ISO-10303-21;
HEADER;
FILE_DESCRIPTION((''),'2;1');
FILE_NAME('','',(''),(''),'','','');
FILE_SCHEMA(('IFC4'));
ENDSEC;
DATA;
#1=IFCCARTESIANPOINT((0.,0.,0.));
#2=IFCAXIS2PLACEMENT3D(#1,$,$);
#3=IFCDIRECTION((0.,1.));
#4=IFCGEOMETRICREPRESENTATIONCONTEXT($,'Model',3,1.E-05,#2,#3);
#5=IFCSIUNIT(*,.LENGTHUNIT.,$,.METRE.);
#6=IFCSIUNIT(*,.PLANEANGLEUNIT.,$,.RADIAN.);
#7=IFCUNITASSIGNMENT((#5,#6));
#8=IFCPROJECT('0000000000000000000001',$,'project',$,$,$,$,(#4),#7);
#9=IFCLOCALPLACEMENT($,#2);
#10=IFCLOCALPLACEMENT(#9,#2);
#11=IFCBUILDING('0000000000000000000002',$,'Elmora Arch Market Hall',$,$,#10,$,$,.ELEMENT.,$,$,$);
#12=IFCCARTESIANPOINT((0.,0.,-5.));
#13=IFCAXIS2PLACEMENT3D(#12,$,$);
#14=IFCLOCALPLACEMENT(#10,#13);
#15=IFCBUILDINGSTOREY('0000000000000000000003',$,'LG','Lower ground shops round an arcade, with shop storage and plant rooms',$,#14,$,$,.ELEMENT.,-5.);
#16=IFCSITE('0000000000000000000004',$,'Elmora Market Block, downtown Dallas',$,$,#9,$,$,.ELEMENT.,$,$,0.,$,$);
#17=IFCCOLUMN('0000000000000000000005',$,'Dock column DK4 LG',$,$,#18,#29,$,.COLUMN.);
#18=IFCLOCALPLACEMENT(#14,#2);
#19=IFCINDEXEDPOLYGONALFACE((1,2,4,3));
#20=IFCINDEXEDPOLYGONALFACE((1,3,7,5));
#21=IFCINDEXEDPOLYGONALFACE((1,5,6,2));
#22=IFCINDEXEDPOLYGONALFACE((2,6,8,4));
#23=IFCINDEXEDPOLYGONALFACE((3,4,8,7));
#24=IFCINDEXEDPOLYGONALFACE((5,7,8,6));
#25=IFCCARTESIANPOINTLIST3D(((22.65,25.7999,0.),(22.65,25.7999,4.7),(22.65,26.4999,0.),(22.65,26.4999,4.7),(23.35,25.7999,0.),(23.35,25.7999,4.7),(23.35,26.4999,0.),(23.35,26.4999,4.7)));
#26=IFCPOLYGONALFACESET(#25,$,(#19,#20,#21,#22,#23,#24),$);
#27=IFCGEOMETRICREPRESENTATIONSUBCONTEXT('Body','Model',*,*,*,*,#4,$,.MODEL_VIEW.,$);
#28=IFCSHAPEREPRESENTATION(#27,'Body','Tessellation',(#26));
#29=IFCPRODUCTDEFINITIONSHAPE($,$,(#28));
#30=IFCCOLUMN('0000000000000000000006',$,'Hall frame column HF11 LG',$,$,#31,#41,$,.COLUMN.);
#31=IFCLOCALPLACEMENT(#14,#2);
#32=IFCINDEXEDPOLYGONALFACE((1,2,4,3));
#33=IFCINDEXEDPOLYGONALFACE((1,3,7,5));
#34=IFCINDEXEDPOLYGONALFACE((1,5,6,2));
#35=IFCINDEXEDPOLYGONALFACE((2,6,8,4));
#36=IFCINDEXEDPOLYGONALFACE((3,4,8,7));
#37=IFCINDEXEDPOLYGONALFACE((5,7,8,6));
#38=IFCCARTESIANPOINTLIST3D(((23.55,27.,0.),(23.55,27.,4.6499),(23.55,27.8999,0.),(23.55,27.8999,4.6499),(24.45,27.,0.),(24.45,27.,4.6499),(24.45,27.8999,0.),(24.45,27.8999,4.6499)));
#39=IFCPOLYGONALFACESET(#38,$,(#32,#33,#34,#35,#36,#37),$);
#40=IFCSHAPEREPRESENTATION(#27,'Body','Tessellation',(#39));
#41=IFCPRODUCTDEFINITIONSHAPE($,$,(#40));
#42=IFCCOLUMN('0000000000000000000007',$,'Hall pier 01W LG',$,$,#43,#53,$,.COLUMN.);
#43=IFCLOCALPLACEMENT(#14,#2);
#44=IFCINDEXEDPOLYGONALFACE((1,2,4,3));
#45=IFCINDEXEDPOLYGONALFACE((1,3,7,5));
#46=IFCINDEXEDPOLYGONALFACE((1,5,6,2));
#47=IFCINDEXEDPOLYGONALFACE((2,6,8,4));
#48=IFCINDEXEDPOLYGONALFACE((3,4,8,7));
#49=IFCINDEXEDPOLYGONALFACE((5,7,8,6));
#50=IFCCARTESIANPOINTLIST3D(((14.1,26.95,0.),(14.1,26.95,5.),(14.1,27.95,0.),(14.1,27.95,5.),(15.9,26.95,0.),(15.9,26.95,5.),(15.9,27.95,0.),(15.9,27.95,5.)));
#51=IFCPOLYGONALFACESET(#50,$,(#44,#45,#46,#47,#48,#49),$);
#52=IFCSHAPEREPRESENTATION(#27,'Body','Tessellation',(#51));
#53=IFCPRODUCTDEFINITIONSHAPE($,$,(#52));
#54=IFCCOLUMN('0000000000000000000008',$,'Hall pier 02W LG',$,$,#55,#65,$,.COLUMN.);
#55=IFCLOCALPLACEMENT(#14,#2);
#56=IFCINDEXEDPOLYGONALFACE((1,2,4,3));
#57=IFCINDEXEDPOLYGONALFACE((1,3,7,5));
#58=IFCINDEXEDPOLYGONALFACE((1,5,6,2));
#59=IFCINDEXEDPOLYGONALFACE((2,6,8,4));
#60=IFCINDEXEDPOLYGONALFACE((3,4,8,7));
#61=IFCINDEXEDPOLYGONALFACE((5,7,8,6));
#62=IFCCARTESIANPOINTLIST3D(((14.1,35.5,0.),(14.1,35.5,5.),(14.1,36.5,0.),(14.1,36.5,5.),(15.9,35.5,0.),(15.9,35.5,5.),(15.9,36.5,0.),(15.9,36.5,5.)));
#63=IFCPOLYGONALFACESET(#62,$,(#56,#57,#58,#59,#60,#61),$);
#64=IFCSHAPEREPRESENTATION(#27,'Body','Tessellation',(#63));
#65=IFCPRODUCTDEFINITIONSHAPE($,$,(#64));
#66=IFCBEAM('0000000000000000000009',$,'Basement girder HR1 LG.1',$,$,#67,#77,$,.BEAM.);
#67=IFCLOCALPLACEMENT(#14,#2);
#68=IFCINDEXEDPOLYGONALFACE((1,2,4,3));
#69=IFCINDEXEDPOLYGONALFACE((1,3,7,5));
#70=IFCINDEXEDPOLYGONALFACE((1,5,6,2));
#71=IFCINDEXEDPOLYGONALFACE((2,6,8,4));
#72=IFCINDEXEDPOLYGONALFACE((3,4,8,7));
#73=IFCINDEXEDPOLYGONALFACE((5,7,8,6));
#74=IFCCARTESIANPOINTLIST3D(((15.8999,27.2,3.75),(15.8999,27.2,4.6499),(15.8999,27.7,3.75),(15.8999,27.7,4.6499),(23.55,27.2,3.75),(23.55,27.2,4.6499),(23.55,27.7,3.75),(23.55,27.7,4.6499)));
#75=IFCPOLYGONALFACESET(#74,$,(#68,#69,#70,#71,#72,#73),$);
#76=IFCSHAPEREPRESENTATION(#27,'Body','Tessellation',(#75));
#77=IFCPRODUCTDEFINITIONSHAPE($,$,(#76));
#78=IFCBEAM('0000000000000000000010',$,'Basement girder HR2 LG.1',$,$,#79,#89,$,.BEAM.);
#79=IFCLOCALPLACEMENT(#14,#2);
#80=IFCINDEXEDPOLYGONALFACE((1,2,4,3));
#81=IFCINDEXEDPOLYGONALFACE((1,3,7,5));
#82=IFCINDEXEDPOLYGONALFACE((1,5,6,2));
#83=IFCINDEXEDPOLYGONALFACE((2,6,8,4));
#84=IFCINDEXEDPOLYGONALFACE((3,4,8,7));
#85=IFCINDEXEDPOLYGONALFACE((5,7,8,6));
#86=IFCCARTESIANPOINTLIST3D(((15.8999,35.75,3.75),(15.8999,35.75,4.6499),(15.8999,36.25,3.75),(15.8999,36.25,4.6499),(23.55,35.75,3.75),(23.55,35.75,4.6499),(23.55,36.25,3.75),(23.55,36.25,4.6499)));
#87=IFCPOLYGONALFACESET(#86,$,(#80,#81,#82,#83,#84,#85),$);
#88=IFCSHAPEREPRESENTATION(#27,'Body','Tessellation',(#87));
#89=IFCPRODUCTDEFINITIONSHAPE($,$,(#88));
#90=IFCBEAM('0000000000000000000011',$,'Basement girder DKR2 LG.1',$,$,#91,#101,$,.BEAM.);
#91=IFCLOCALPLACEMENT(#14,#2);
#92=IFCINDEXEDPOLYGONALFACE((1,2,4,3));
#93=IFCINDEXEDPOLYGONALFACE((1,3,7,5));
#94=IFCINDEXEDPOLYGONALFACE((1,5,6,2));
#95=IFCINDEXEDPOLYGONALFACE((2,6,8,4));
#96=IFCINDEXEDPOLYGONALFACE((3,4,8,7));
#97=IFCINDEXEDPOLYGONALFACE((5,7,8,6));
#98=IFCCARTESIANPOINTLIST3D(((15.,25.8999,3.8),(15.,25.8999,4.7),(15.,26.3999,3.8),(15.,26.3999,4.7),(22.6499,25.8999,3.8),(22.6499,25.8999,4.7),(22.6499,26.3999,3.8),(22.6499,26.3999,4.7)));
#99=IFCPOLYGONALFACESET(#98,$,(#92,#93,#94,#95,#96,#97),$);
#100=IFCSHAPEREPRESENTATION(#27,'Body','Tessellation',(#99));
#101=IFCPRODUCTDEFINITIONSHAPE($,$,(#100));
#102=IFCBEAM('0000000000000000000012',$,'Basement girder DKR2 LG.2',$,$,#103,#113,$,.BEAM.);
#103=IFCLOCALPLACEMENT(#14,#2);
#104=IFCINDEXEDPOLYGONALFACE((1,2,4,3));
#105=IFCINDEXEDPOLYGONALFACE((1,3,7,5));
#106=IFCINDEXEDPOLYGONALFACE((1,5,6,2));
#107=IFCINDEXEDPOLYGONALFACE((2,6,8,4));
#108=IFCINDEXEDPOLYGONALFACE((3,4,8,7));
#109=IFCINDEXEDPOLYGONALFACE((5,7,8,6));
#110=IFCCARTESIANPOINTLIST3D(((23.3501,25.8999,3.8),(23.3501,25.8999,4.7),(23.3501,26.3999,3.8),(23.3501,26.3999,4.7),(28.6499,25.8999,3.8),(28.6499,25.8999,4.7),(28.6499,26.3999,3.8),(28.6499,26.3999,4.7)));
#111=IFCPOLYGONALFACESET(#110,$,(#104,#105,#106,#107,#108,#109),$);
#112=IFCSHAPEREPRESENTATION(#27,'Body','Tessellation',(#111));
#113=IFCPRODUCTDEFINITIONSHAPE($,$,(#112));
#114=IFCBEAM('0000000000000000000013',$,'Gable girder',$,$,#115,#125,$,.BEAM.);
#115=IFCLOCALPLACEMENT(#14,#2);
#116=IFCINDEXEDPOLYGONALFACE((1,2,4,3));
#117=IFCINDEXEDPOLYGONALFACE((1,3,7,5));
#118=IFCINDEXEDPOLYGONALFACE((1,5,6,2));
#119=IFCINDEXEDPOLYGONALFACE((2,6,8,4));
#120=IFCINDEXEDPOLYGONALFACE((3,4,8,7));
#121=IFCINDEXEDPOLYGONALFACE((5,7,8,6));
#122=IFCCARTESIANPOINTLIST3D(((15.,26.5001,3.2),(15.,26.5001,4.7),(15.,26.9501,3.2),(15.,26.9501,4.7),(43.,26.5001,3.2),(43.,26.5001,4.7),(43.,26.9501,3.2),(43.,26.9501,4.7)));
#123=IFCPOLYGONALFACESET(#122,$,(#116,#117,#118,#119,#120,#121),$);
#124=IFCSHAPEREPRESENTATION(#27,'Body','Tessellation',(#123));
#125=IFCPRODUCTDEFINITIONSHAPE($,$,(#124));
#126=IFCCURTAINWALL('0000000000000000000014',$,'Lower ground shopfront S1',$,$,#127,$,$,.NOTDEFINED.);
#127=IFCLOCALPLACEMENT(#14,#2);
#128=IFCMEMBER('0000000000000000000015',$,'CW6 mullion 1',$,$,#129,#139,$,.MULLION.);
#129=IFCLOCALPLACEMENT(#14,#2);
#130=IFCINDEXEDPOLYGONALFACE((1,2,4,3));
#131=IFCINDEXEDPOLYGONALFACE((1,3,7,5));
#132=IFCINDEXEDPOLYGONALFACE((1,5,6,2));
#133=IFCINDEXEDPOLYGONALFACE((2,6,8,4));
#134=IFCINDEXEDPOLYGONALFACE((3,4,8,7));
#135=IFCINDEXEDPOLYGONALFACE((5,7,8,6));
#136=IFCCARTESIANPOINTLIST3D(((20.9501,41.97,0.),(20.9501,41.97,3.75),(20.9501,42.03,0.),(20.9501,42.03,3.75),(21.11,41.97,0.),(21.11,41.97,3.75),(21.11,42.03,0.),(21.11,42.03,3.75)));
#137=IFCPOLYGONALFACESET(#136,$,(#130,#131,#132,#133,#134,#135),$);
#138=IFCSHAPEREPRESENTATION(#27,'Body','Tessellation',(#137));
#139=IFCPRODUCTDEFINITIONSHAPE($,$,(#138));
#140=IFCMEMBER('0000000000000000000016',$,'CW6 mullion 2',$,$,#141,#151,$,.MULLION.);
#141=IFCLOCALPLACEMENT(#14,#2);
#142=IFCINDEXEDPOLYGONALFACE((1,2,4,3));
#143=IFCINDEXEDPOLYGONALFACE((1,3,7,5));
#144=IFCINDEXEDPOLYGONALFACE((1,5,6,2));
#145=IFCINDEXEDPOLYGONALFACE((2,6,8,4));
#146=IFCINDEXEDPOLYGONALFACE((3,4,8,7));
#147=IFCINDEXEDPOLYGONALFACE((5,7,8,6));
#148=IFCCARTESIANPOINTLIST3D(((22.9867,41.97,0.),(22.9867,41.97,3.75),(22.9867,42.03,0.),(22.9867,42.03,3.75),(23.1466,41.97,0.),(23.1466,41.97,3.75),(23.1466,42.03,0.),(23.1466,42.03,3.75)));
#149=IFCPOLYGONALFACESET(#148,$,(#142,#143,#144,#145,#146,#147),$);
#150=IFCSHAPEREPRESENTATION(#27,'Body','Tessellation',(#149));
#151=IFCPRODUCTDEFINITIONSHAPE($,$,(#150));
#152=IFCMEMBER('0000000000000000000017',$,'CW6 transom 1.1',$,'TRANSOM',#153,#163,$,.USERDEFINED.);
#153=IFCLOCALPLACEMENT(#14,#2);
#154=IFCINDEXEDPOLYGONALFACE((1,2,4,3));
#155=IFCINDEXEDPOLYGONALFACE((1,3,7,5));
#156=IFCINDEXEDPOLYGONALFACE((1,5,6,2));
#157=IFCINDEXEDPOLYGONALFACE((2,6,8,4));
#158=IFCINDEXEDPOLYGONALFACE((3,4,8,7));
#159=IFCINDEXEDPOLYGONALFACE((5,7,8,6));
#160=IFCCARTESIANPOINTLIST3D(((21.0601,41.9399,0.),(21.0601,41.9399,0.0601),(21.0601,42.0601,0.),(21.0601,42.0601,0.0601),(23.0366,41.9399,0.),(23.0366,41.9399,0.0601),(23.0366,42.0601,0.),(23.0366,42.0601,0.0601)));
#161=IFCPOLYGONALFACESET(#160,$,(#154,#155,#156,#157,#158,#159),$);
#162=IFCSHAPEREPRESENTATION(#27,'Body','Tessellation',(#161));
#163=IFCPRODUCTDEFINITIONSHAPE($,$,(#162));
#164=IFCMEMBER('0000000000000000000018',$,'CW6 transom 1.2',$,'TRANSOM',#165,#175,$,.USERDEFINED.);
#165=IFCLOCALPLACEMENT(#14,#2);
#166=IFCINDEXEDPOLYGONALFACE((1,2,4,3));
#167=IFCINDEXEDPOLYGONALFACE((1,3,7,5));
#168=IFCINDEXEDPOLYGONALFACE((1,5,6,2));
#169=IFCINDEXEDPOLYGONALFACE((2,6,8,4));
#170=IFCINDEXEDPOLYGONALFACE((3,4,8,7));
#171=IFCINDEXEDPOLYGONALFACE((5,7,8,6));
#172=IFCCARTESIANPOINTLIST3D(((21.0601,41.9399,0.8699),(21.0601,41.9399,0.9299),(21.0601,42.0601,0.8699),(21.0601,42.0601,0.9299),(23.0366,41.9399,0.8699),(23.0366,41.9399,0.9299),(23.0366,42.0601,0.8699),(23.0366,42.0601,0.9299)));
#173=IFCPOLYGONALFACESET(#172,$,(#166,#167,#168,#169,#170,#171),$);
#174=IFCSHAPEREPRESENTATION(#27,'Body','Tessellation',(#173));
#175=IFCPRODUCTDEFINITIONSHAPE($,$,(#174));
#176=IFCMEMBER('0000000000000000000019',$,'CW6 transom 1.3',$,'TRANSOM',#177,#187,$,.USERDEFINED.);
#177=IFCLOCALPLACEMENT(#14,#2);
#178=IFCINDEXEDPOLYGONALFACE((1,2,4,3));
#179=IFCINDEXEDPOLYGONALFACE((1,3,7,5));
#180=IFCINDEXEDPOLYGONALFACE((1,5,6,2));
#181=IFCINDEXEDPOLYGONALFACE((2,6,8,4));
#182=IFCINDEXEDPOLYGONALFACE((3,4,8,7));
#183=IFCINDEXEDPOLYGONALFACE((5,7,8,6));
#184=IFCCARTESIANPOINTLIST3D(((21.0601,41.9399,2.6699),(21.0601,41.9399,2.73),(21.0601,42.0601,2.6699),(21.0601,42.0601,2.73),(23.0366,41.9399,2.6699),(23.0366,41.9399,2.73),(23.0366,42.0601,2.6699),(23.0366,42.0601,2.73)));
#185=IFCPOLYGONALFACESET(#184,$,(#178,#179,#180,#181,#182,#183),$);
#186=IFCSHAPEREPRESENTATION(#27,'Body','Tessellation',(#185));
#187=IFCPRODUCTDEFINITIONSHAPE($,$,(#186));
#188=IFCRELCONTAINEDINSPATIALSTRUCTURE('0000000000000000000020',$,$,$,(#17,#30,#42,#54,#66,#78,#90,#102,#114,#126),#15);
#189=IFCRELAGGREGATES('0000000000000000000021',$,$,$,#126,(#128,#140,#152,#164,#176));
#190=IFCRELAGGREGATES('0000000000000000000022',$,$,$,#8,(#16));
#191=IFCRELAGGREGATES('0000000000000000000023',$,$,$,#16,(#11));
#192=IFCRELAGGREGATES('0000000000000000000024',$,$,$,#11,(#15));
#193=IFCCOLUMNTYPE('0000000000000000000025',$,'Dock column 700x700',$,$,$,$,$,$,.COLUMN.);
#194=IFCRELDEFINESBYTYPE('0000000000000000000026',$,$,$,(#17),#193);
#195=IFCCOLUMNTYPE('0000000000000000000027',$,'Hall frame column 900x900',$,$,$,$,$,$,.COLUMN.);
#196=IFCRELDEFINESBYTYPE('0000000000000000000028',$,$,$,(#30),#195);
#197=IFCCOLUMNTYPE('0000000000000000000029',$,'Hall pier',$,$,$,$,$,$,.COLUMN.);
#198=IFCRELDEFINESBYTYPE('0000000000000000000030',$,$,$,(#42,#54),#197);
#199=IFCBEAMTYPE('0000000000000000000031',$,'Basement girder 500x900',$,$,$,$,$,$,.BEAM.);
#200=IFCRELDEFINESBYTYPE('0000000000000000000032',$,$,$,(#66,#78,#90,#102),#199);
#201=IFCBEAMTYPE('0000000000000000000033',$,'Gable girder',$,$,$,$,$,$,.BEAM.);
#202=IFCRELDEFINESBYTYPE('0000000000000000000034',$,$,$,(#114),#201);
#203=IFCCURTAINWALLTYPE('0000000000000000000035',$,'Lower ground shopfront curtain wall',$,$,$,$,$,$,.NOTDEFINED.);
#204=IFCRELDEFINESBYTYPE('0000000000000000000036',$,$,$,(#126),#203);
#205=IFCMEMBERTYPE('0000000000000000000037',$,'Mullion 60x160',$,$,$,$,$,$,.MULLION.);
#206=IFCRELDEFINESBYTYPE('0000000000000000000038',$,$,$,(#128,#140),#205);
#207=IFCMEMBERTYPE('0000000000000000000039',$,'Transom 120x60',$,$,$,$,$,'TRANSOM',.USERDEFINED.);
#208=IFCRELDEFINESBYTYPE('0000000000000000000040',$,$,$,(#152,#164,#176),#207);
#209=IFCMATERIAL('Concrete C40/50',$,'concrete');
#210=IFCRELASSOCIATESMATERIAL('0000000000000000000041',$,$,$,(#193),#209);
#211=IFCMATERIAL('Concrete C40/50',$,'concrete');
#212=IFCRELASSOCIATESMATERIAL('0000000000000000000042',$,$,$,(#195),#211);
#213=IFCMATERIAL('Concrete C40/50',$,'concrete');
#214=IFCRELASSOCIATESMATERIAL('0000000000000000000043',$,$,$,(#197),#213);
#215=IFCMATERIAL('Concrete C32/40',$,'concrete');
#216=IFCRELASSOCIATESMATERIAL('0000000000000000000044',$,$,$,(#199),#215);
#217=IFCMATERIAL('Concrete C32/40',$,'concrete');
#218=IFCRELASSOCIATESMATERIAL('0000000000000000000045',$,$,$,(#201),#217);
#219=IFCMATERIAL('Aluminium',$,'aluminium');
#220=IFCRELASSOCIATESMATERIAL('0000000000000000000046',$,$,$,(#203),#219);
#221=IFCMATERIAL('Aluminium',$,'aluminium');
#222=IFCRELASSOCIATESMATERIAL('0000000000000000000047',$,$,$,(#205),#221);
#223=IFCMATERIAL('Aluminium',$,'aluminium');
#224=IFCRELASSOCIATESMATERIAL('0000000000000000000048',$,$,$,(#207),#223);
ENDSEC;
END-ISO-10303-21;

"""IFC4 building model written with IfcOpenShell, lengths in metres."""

from ifc_helpers import new_model, si_unit, direction, frame, origin, origin_2d, place, context, subcontext, project, spatial, rectangle, extrude, material, material_profile, profile_set, type_object, element, aggregate, save


model = new_model("IFC4")

# Units and contexts
model_context = context("Model", 3, precision=1e-05, world=origin(), true_north=direction((0.0, 1.0)))
body_context = subcontext(model_context, "Body", "Model", "MODEL_VIEW")
ifc_project = project(units=[si_unit("LENGTHUNIT", "METRE"), si_unit("PLANEANGLEUNIT", "RADIAN")], contexts=[model_context])

# Site, building, storey
site_placement = place(None, origin())
site = spatial("IfcSite", under=ifc_project, at=site_placement, Name="Elmora Market Block, downtown Dallas", CompositionType="ELEMENT", RefElevation=0.0)
building_placement = place(site_placement, origin())
building = spatial("IfcBuilding", under=site, at=building_placement, Name="Elmora Arch Market Hall", CompositionType="ELEMENT")
storey_placement = place(building_placement, frame((0.0, 0.0, -5.0)))
storey = spatial("IfcBuildingStorey", under=building, at=storey_placement, Name="LG", Description="Lower ground shops round an arcade, with shop storage and plant rooms", CompositionType="ELEMENT", Elevation=-5.0)

# Columns
ifc_material_1 = material(Name="Concrete C40/50", Category="concrete")
ifc_material_profile_1 = material_profile(ifc_material_1, rectangle(XDim=0.7, YDim=0.7, at=origin_2d()), Name="Dock column 700x700")
ifc_profile_set_1 = profile_set([ifc_material_profile_1], Name="Concrete C40/50")
column_type_1 = type_object("IfcColumnType", Name="Dock column 700x700", PredefinedType="COLUMN", material=ifc_profile_set_1)
column_1_placement = place(storey_placement, frame((23.0, 26.1499, 0.0), z_axis=(0.0, 0.0, 1.0), x_axis=(1.0, 0.0, 0.0)))
element("IfcColumn", 1, at=column_1_placement, inside=storey, type_object=column_type_1, Name="Dock column DK4 LG", PredefinedType="COLUMN", context=body_context, shape_type="SweptSolid", body=[
    extrude(rectangle(XDim=0.7, YDim=0.7, at=origin_2d()), origin(), (0.0, 0.0, 1.0), 4.7),
])
ifc_material_2 = material(Name="Concrete C40/50", Category="concrete")
ifc_material_profile_2 = material_profile(ifc_material_2, rectangle(XDim=0.8999, YDim=0.8999, at=origin_2d()), Name="Hall frame column 900x900")
ifc_profile_set_2 = profile_set([ifc_material_profile_2], Name="Concrete C40/50")
column_type_2 = type_object("IfcColumnType", Name="Hall frame column 900x900", PredefinedType="COLUMN", material=ifc_profile_set_2)
column_2_placement = place(storey_placement, frame((24.0, 27.45, 0.0), z_axis=(0.0, 0.0, 1.0), x_axis=(1.0, 0.0, 0.0)))
element("IfcColumn", 2, at=column_2_placement, inside=storey, type_object=column_type_2, Name="Hall frame column HF11 LG", PredefinedType="COLUMN", context=body_context, shape_type="SweptSolid", body=[
    extrude(rectangle(XDim=0.8999, YDim=0.8999, at=origin_2d()), origin(), (0.0, 0.0, 1.0), 4.6499),
])
ifc_material_3 = material(Name="Concrete C40/50", Category="concrete")
ifc_material_profile_3 = material_profile(ifc_material_3, rectangle(XDim=1.8, YDim=1.0, at=origin_2d()), Name="Hall pier")
ifc_profile_set_3 = profile_set([ifc_material_profile_3], Name="Concrete C40/50")
column_type_3 = type_object("IfcColumnType", Name="Hall pier", PredefinedType="COLUMN", material=ifc_profile_set_3)
for number, where, z_axis, x_axis, name in (
    (3, (15.0, 27.45, 0.0), (0.0, 0.0, 1.0), (1.0, 0.0, 0.0), "Hall pier 01W LG"),
    (4, (15.0, 36.0, 0.0), (0.0, 0.0, 1.0), (1.0, 0.0, 0.0), "Hall pier 02W LG"),
):
    element("IfcColumn", number, at=place(storey_placement, frame(where, z_axis=z_axis, x_axis=x_axis)), inside=storey, type_object=column_type_3, Name=name, PredefinedType="COLUMN", context=body_context, shape_type="SweptSolid", body=[
        extrude(rectangle(XDim=1.8, YDim=1.0, at=origin_2d()), origin(), (0.0, 0.0, 1.0), 5.0),
    ])

# Beams
ifc_material_4 = material(Name="Concrete C32/40", Category="concrete")
ifc_material_profile_4 = material_profile(ifc_material_4, rectangle(XDim=0.5, YDim=0.8999, at=origin_2d()), Name="Basement girder 500x900")
ifc_profile_set_4 = profile_set([ifc_material_profile_4], Name="Concrete C32/40")
beam_type_1 = type_object("IfcBeamType", Name="Basement girder 500x900", PredefinedType="BEAM", material=ifc_profile_set_4)
for number, where, z_axis, x_axis, name in (
    (5, (15.8999, 27.45, 4.2), (1.0, 0.0, 0.0), (0.0, 1.0, 0.0), "Basement girder HR1 LG.1"),
    (6, (15.8999, 36.0, 4.2), (1.0, 0.0, 0.0), (0.0, 1.0, 0.0), "Basement girder HR2 LG.1"),
):
    element("IfcBeam", number, at=place(storey_placement, frame(where, z_axis=z_axis, x_axis=x_axis)), inside=storey, type_object=beam_type_1, Name=name, PredefinedType="BEAM", context=body_context, shape_type="SweptSolid", body=[
        extrude(rectangle(XDim=0.5, YDim=0.8999, at=origin_2d()), origin(), (0.0, 0.0, 1.0), 7.6501),
    ])
beam_1_placement = place(storey_placement, frame((15.0, 26.1499, 4.25), z_axis=(1.0, 0.0, 0.0), x_axis=(0.0, 1.0, 0.0)))
element("IfcBeam", 7, at=beam_1_placement, inside=storey, type_object=beam_type_1, Name="Basement girder DKR2 LG.1", PredefinedType="BEAM", context=body_context, shape_type="SweptSolid", body=[
    extrude(rectangle(XDim=0.5, YDim=0.8999, at=origin_2d()), origin(), (0.0, 0.0, 1.0), 7.6499),
])
beam_2_placement = place(storey_placement, frame((23.3501, 26.1499, 4.25), z_axis=(1.0, 0.0, 0.0), x_axis=(0.0, 1.0, 0.0)))
element("IfcBeam", 8, at=beam_2_placement, inside=storey, type_object=beam_type_1, Name="Basement girder DKR2 LG.2", PredefinedType="BEAM", context=body_context, shape_type="SweptSolid", body=[
    extrude(rectangle(XDim=0.5, YDim=0.8999, at=origin_2d()), origin(), (0.0, 0.0, 1.0), 5.2998),
])
ifc_material_5 = material(Name="Concrete C32/40", Category="concrete")
ifc_material_profile_5 = material_profile(ifc_material_5, rectangle(XDim=0.45, YDim=1.5, at=origin_2d()), Name="Gable girder")
ifc_profile_set_5 = profile_set([ifc_material_profile_5], Name="Concrete C32/40")
beam_type_2 = type_object("IfcBeamType", Name="Gable girder", PredefinedType="BEAM", material=ifc_profile_set_5)
beam_3_placement = place(storey_placement, frame((15.0, 26.7251, 3.95), z_axis=(1.0, 0.0, 0.0), x_axis=(0.0, 1.0, 0.0)))
element("IfcBeam", 9, at=beam_3_placement, inside=storey, type_object=beam_type_2, Name="Gable girder", PredefinedType="BEAM", context=body_context, shape_type="SweptSolid", body=[
    extrude(rectangle(XDim=0.45, YDim=1.5, at=origin_2d()), origin(), (0.0, 0.0, 1.0), 28.0),
])

# Curtain wall, members
ifc_material_6 = material(Name="Aluminium", Category="aluminium")
curtain_wall_type = type_object("IfcCurtainWallType", Name="Lower ground shopfront curtain wall", PredefinedType="NOTDEFINED", material=ifc_material_6)
curtain_wall_placement = place(storey_placement, origin())
curtain_wall = element("IfcCurtainWall", 10, at=curtain_wall_placement, inside=storey, type_object=curtain_wall_type, Name="Lower ground shopfront S1", PredefinedType="NOTDEFINED")
ifc_material_7 = material(Name="Aluminium", Category="aluminium")
ifc_material_profile_6 = material_profile(ifc_material_7, rectangle(XDim=0.0601, YDim=0.1599, at=origin_2d()), Name="AL 60x160")
ifc_profile_set_6 = profile_set([ifc_material_profile_6], Name="Aluminium")
member_type_1 = type_object("IfcMemberType", Name="Mullion 60x160", PredefinedType="MULLION", material=ifc_profile_set_6)
member_1_placement = place(storey_placement, frame((21.03, 42.0, 0.0), z_axis=(0.0, 0.0, 1.0), x_axis=(0.0, 1.0, 0.0)))
member_1 = element("IfcMember", 11, at=member_1_placement, type_object=member_type_1, Name="CW6 mullion 1", PredefinedType="MULLION", context=body_context, shape_type="SweptSolid", body=[
    extrude(rectangle(XDim=0.0601, YDim=0.1599, at=origin_2d()), origin(), (0.0, 0.0, 1.0), 3.75),
])
member_2_placement = place(storey_placement, frame((23.0667, 42.0, 0.0), z_axis=(0.0, 0.0, 1.0), x_axis=(0.0, 1.0, 0.0)))
member_2 = element("IfcMember", 12, at=member_2_placement, type_object=member_type_1, Name="CW6 mullion 2", PredefinedType="MULLION", context=body_context, shape_type="SweptSolid", body=[
    extrude(rectangle(XDim=0.0601, YDim=0.1599, at=origin_2d()), origin(), (0.0, 0.0, 1.0), 3.75),
])
ifc_material_8 = material(Name="Aluminium", Category="aluminium")
ifc_material_profile_7 = material_profile(ifc_material_8, rectangle(XDim=0.1201, YDim=0.0601, at=origin_2d()), Name="AL 120x60")
ifc_profile_set_7 = profile_set([ifc_material_profile_7], Name="Aluminium")
member_type_2 = type_object("IfcMemberType", Name="Transom 120x60", ElementType="TRANSOM", PredefinedType="USERDEFINED", material=ifc_profile_set_7)
member_3_placement = place(storey_placement, frame((21.0601, 42.0, 0.03), z_axis=(1.0, 0.0, 0.0), x_axis=(0.0, 1.0, 0.0)))
member_3 = element("IfcMember", 13, at=member_3_placement, type_object=member_type_2, Name="CW6 transom 1.1", ObjectType="TRANSOM", PredefinedType="USERDEFINED", context=body_context, shape_type="SweptSolid", body=[
    extrude(rectangle(XDim=0.1201, YDim=0.0601, at=origin_2d()), origin(), (0.0, 0.0, 1.0), 1.9766),
])
member_4_placement = place(storey_placement, frame((21.0601, 42.0, 0.8999), z_axis=(1.0, 0.0, 0.0), x_axis=(0.0, 1.0, 0.0)))
member_4 = element("IfcMember", 14, at=member_4_placement, type_object=member_type_2, Name="CW6 transom 1.2", ObjectType="TRANSOM", PredefinedType="USERDEFINED", context=body_context, shape_type="SweptSolid", body=[
    extrude(rectangle(XDim=0.1201, YDim=0.0601, at=origin_2d()), origin(), (0.0, 0.0, 1.0), 1.9766),
])
member_5_placement = place(storey_placement, frame((21.0601, 42.0, 2.7), z_axis=(1.0, 0.0, 0.0), x_axis=(0.0, 1.0, 0.0)))
member_5 = element("IfcMember", 15, at=member_5_placement, type_object=member_type_2, Name="CW6 transom 1.3", ObjectType="TRANSOM", PredefinedType="USERDEFINED", context=body_context, shape_type="SweptSolid", body=[
    extrude(rectangle(XDim=0.1201, YDim=0.0601, at=origin_2d()), origin(), (0.0, 0.0, 1.0), 1.9766),
])

aggregate(curtain_wall, [member_1, member_2, member_3, member_4, member_5])

save(model, "model.ifc")
